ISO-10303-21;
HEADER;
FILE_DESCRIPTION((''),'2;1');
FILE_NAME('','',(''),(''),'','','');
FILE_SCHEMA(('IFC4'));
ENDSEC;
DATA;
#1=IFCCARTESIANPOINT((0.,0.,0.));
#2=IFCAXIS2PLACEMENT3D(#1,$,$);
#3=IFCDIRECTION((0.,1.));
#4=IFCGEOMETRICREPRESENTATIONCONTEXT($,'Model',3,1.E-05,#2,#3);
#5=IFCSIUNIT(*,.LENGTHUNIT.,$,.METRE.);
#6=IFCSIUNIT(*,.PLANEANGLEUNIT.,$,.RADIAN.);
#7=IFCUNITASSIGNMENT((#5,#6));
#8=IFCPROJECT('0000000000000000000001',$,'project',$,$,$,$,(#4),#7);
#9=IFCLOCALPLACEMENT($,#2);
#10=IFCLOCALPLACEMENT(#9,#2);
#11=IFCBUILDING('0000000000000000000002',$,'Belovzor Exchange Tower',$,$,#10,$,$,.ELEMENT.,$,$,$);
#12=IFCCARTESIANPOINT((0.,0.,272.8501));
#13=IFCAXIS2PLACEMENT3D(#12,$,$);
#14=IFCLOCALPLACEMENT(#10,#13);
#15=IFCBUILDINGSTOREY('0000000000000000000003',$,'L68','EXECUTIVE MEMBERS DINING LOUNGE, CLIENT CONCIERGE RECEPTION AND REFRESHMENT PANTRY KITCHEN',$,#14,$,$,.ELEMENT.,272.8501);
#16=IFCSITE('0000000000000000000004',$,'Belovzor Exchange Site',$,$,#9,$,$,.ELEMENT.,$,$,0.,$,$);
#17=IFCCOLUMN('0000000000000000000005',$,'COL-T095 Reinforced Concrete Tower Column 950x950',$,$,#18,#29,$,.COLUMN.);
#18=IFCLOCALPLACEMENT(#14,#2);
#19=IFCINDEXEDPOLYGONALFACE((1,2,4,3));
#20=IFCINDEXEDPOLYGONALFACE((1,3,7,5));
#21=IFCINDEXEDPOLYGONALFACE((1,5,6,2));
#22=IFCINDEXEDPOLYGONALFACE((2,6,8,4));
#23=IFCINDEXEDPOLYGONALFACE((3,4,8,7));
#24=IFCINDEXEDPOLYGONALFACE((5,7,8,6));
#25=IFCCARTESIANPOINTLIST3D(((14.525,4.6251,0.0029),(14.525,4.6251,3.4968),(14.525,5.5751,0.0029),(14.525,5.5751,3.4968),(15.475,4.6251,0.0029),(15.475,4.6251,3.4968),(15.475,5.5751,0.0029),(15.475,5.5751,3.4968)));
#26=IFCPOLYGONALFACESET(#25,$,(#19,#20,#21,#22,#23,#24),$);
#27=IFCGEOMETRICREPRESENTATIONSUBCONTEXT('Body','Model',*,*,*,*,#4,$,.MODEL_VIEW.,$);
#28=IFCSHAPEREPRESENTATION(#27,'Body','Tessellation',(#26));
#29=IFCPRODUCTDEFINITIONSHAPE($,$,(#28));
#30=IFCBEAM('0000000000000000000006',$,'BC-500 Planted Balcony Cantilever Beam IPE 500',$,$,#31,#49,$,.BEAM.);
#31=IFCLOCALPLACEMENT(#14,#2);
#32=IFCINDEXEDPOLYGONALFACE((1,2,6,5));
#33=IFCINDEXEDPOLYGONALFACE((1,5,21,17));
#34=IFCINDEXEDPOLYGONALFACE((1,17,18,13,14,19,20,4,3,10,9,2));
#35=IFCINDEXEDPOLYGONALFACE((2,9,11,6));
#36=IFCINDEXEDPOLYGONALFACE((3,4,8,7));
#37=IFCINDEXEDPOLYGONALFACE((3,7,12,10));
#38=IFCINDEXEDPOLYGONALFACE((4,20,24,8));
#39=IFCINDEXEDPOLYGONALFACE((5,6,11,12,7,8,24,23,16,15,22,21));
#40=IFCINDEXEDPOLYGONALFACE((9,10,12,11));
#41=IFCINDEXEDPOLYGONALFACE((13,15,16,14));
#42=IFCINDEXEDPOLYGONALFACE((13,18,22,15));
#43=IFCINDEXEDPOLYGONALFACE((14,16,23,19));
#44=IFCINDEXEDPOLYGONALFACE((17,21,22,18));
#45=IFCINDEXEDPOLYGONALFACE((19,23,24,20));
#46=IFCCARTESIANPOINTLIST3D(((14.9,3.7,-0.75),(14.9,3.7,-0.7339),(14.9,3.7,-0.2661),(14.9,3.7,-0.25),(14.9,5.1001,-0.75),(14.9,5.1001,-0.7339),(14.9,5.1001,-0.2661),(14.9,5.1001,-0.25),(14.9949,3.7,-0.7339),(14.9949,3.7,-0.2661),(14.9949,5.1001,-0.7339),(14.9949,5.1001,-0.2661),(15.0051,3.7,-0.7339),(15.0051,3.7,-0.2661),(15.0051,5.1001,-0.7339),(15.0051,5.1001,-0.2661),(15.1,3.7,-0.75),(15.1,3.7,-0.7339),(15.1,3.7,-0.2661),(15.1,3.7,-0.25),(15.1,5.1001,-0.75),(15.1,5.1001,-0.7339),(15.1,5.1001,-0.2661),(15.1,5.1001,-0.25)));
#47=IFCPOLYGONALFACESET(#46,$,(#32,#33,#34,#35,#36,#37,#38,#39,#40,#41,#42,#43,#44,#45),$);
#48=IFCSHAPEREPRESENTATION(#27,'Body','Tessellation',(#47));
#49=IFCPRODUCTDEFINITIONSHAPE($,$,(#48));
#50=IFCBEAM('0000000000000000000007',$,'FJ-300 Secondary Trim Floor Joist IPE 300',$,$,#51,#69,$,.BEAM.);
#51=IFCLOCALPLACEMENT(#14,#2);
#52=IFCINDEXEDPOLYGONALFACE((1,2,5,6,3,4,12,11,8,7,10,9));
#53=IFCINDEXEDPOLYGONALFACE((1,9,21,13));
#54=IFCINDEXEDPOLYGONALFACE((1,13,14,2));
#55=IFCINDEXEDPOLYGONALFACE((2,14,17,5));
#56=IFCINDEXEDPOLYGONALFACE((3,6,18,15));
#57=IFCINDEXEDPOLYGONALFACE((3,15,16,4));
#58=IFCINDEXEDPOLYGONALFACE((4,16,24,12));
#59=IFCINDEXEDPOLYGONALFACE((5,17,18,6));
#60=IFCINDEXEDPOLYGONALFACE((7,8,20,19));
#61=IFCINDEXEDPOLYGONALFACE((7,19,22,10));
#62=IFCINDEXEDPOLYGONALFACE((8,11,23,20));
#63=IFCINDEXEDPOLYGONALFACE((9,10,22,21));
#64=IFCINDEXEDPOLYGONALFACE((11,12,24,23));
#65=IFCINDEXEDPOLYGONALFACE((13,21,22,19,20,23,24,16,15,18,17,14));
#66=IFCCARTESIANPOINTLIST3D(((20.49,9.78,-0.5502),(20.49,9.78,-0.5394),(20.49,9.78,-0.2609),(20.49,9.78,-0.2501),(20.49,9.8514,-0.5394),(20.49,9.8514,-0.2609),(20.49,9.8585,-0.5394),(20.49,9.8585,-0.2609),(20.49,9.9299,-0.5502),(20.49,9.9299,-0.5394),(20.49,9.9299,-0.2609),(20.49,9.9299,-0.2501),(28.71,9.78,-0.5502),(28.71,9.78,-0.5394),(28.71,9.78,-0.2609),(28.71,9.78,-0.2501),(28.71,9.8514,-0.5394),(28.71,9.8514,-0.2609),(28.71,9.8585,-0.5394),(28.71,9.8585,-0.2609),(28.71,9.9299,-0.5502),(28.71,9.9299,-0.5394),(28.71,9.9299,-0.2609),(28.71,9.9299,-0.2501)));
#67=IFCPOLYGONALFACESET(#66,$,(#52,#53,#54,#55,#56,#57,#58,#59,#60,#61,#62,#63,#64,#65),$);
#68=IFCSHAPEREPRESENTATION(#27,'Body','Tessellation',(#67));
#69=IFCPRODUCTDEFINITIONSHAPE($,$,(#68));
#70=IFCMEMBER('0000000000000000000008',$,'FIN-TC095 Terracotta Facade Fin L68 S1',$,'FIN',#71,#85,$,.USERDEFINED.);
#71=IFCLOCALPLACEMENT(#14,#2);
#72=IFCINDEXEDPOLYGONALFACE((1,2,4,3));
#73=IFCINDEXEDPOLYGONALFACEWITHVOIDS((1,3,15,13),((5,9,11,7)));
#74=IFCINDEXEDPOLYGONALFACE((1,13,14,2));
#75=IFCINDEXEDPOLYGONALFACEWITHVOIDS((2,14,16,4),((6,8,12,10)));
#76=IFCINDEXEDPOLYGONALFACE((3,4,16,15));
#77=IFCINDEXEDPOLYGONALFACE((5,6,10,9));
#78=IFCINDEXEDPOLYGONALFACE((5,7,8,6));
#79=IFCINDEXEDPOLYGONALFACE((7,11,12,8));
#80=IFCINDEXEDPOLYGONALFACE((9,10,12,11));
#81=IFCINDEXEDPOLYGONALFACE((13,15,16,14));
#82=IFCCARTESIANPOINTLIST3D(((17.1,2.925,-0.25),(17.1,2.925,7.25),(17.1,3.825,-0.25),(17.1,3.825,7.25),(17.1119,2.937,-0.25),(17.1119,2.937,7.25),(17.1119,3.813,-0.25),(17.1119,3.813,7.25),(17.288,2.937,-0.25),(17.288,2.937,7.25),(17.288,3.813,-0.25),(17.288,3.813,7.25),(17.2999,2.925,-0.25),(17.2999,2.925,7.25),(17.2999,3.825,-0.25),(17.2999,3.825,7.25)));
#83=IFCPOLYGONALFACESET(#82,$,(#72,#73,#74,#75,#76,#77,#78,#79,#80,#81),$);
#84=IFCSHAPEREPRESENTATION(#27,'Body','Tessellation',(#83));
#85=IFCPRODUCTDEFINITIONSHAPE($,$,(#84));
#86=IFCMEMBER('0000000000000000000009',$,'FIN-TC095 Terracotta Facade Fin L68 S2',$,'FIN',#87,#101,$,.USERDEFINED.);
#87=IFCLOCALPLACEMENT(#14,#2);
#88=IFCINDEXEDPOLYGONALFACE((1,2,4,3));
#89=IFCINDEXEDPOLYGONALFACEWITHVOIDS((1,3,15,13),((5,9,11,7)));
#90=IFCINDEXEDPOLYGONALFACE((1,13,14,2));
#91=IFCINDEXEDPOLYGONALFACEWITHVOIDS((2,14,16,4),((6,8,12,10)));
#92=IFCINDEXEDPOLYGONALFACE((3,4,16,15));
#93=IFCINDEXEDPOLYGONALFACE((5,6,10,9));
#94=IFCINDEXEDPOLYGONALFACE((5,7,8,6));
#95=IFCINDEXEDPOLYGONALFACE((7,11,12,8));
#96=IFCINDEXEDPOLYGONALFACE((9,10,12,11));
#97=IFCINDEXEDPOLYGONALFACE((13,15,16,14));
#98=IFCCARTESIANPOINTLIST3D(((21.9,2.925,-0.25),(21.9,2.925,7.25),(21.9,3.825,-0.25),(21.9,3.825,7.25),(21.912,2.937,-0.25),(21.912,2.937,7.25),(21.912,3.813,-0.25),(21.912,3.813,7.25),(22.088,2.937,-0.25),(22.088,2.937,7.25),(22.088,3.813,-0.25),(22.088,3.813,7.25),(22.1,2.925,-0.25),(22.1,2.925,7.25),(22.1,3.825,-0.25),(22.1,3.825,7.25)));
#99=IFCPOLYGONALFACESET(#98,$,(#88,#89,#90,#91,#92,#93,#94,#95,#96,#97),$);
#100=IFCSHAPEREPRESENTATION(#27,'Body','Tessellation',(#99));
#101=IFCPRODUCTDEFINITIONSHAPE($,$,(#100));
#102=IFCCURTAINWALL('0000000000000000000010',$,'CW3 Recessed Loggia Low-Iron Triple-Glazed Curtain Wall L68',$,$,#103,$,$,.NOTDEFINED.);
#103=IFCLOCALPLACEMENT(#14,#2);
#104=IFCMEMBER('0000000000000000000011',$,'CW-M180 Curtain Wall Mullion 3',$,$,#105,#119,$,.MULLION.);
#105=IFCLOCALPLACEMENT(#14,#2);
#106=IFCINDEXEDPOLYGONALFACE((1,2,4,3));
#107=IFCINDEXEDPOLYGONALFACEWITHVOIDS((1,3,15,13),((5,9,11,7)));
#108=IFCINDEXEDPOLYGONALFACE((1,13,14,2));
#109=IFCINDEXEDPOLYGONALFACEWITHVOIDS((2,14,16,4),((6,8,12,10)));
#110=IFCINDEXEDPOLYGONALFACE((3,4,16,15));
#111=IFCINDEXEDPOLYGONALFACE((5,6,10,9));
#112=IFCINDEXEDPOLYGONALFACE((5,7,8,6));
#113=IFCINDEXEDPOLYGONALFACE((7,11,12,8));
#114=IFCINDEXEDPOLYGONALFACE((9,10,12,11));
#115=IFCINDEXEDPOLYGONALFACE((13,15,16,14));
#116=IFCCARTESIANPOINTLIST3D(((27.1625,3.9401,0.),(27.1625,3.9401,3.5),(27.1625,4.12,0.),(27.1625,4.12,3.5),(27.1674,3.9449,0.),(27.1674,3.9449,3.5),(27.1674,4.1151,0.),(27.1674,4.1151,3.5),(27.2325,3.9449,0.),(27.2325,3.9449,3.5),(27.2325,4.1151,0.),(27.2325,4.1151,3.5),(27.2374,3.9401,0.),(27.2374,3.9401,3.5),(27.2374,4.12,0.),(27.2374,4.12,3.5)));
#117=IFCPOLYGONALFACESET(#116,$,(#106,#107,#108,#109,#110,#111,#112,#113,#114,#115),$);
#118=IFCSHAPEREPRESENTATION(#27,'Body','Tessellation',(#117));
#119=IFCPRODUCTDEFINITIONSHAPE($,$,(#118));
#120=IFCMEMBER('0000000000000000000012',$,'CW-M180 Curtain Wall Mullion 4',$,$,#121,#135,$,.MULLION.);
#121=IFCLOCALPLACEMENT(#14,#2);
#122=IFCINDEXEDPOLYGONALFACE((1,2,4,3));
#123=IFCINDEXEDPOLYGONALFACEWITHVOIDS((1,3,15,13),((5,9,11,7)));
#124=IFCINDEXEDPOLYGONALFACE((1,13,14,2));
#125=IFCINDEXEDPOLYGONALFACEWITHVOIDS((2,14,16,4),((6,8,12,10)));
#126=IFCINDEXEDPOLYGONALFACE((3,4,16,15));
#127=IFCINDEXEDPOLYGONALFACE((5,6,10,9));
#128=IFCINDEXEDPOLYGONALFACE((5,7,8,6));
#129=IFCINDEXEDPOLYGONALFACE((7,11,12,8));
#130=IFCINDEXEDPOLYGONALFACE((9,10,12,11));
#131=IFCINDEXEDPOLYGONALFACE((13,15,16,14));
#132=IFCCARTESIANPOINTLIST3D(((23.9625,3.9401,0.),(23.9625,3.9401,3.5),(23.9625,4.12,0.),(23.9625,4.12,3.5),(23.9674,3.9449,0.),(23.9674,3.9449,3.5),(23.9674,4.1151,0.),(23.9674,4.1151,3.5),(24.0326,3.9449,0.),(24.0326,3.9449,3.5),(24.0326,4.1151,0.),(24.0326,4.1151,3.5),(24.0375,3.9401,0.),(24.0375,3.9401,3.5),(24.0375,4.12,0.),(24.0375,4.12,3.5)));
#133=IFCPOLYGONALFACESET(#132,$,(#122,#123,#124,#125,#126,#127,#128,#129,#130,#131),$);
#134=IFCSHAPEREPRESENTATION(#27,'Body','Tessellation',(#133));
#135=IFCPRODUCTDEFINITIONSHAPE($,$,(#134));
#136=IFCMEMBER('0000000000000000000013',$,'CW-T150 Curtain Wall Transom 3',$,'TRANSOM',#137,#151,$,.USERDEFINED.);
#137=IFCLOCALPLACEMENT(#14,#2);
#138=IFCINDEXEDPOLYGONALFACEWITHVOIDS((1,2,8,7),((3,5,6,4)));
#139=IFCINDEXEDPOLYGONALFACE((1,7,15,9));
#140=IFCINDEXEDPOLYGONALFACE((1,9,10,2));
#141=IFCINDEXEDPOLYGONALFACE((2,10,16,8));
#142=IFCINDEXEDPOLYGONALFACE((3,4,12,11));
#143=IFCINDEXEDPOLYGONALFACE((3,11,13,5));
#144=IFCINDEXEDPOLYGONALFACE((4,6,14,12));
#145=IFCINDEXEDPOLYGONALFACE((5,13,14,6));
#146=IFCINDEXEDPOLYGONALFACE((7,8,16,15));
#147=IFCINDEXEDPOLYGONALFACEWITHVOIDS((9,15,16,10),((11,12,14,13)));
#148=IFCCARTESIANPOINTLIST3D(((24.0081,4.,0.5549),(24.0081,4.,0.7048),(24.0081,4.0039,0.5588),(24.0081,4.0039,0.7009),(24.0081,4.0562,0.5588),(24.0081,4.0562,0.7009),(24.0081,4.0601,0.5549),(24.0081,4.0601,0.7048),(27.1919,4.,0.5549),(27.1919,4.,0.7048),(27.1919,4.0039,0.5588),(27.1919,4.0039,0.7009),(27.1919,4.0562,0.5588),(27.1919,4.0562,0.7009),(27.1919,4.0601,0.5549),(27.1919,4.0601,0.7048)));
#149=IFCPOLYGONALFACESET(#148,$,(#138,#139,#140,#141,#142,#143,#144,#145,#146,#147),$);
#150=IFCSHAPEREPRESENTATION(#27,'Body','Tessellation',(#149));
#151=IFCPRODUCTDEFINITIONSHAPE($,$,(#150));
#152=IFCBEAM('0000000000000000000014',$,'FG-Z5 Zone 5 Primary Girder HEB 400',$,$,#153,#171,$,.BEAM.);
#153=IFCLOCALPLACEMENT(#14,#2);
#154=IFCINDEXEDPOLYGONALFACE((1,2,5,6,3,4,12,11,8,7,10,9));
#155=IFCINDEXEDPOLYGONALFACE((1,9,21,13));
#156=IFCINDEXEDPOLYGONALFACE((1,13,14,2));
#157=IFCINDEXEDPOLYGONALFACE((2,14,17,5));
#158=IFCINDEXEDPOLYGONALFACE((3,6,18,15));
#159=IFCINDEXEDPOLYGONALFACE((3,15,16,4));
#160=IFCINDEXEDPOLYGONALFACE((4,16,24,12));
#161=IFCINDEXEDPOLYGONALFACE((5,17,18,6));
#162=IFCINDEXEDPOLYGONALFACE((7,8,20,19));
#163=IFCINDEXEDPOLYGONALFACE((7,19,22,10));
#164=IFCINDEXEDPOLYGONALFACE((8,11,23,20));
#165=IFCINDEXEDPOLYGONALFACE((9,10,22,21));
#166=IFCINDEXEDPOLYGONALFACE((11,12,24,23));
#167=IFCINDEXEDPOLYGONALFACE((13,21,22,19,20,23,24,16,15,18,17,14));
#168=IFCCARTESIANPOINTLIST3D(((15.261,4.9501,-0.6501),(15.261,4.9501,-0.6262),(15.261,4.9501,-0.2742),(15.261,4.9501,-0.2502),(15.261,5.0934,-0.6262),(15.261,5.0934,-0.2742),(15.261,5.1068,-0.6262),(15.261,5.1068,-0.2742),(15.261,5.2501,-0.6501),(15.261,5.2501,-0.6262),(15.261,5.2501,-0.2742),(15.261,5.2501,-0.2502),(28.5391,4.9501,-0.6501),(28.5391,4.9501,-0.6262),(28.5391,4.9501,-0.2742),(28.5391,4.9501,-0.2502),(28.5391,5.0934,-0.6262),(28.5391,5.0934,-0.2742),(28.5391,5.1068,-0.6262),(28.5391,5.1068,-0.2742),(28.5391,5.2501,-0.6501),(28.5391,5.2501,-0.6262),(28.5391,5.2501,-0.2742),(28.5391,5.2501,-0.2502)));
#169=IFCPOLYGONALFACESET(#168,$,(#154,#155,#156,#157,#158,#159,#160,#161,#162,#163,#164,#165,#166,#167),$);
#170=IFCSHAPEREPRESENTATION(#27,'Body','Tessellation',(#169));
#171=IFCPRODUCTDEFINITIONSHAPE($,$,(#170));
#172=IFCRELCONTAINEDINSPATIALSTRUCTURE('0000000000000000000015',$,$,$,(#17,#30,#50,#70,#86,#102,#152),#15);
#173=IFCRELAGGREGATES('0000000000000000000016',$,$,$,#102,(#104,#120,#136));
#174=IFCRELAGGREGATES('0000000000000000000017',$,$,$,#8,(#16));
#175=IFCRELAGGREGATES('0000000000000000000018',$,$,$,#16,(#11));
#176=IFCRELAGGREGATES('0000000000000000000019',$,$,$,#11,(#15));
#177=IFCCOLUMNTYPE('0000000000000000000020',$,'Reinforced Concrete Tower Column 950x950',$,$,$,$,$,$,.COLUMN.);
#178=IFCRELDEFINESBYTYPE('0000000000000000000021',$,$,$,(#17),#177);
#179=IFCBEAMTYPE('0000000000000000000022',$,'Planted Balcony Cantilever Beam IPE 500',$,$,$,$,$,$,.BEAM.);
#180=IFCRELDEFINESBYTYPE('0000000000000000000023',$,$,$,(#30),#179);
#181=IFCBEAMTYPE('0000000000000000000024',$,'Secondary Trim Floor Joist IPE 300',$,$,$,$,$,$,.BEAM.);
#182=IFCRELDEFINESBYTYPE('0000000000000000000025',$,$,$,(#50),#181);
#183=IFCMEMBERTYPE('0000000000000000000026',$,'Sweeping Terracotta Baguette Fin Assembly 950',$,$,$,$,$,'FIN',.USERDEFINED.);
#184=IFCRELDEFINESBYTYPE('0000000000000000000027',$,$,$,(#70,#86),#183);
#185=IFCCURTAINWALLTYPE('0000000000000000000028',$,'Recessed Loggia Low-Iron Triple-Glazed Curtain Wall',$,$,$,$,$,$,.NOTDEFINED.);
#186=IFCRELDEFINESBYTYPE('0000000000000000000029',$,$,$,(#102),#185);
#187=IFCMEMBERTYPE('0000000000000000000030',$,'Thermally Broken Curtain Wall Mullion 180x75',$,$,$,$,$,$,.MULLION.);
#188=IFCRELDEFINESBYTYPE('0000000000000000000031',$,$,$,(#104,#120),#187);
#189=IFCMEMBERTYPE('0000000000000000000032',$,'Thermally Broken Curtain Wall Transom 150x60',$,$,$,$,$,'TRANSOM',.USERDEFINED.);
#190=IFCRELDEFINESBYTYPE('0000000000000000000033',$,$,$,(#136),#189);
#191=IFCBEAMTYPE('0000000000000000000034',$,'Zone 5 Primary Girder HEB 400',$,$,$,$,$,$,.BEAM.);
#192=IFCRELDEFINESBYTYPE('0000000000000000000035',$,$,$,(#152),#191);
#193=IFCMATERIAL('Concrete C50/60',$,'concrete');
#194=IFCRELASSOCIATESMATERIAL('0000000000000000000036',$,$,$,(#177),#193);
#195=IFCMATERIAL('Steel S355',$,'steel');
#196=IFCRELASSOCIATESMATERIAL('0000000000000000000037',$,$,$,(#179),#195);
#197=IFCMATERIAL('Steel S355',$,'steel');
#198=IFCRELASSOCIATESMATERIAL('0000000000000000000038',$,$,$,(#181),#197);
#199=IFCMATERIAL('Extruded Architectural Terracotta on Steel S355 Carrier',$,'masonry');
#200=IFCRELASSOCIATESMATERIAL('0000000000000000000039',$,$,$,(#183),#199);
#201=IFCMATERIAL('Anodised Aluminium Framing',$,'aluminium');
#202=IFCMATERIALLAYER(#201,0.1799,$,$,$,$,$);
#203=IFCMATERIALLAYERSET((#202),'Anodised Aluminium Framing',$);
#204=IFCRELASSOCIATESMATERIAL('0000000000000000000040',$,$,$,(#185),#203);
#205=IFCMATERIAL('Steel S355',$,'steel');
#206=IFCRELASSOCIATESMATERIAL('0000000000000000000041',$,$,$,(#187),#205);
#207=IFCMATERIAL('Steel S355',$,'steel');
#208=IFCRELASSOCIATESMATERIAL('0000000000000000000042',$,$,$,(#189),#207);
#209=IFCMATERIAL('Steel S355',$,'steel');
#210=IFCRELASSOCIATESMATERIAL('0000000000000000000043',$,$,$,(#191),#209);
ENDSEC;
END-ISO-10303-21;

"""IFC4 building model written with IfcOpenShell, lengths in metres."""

from ifc_helpers import new_model, si_unit, direction, frame, origin, origin_2d, place, context, subcontext, project, spatial, rectangle, hollow_rectangle, i_section, extrude, material, layer, layer_set, material_profile, profile_set, type_object, element, aggregate, save


model = new_model("IFC4")

# Units and contexts
model_context = context("Model", 3, precision=1e-05, world=origin(), true_north=direction((0.0, 1.0)))
body_context = subcontext(model_context, "Body", "Model", "MODEL_VIEW")
ifc_project = project(units=[si_unit("LENGTHUNIT", "METRE"), si_unit("PLANEANGLEUNIT", "RADIAN")], contexts=[model_context])

# Site, building, storey
site_placement = place(None, origin())
site = spatial("IfcSite", under=ifc_project, at=site_placement, Name="Belovzor Exchange Site", CompositionType="ELEMENT", RefElevation=0.0)
building_placement = place(site_placement, origin())
building = spatial("IfcBuilding", under=site, at=building_placement, Name="Belovzor Exchange Tower", CompositionType="ELEMENT")
storey_placement = place(building_placement, frame((0.0, 0.0, 272.8501)))
storey = spatial("IfcBuildingStorey", under=building, at=storey_placement, Name="L68", Description="EXECUTIVE MEMBERS DINING LOUNGE, CLIENT CONCIERGE RECEPTION AND REFRESHMENT PANTRY KITCHEN", CompositionType="ELEMENT", Elevation=272.8501)

# Column
ifc_material_1 = material(Name="Concrete C50/60", Category="concrete")
ifc_material_profile_1 = material_profile(ifc_material_1, rectangle(XDim=0.95, YDim=0.95, at=origin_2d()))
ifc_profile_set_1 = profile_set([ifc_material_profile_1], Name="Concrete C50/60")
column_type = type_object("IfcColumnType", Name="Reinforced Concrete Tower Column 950x950", PredefinedType="COLUMN", material=ifc_profile_set_1)
column_placement = place(storey_placement, frame((15.0, 5.1001, 0.0029), z_axis=(0.0, 0.0, 1.0), x_axis=(1.0, 0.0, 0.0)))
element("IfcColumn", 1, at=column_placement, inside=storey, type_object=column_type, Name="COL-T095 Reinforced Concrete Tower Column 950x950", PredefinedType="COLUMN", context=body_context, shape_type="SweptSolid", body=[
    extrude(rectangle(XDim=0.95, YDim=0.95, at=origin_2d()), origin(), (0.0, 0.0, 1.0), 3.4939),
])

# Beams
ifc_material_2 = material(Name="Steel S355", Category="steel")
ifc_material_profile_2 = material_profile(ifc_material_2, i_section(OverallWidth=0.2, OverallDepth=0.5, WebThickness=0.0103, FlangeThickness=0.0161, at=origin_2d()))
ifc_profile_set_2 = profile_set([ifc_material_profile_2], Name="Steel S355")
beam_type_1 = type_object("IfcBeamType", Name="Planted Balcony Cantilever Beam IPE 500", PredefinedType="BEAM", material=ifc_profile_set_2)
beam_1_placement = place(storey_placement, frame((15.0, 5.1001, -0.5), z_axis=(0.0, -1.0, 0.0), x_axis=(1.0, 0.0, 0.0)))
element("IfcBeam", 2, at=beam_1_placement, inside=storey, type_object=beam_type_1, Name="BC-500 Planted Balcony Cantilever Beam IPE 500", PredefinedType="BEAM", context=body_context, shape_type="SweptSolid", body=[
    extrude(i_section(OverallWidth=0.2, OverallDepth=0.5, WebThickness=0.0103, FlangeThickness=0.0161, at=origin_2d()), origin(), (0.0, 0.0, 1.0), 1.4001),
])
ifc_material_3 = material(Name="Steel S355", Category="steel")
ifc_material_profile_3 = material_profile(ifc_material_3, i_section(OverallWidth=0.1499, OverallDepth=0.3, WebThickness=0.0071, FlangeThickness=0.0107, at=origin_2d()))
ifc_profile_set_3 = profile_set([ifc_material_profile_3], Name="Steel S355")
beam_type_2 = type_object("IfcBeamType", Name="Secondary Trim Floor Joist IPE 300", PredefinedType="BEAM", material=ifc_profile_set_3)
beam_2_placement = place(storey_placement, frame((20.49, 9.855, -0.4001), z_axis=(1.0, 0.0, 0.0), x_axis=(0.0, 1.0, 0.0)))
element("IfcBeam", 3, at=beam_2_placement, inside=storey, type_object=beam_type_2, Name="FJ-300 Secondary Trim Floor Joist IPE 300", PredefinedType="BEAM", context=body_context, shape_type="SweptSolid", body=[
    extrude(i_section(OverallWidth=0.1499, OverallDepth=0.3, WebThickness=0.0071, FlangeThickness=0.0107, at=origin_2d()), origin(), (0.0, 0.0, 1.0), 8.22),
])

# Members
ifc_material_4 = material(Name="Extruded Architectural Terracotta on Steel S355 Carrier", Category="masonry")
ifc_material_profile_4 = material_profile(ifc_material_4, hollow_rectangle(XDim=0.2, YDim=0.8999, WallThickness=0.012, at=origin_2d()))
ifc_profile_set_4 = profile_set([ifc_material_profile_4], Name="Extruded Architectural Terracotta on Steel S355 Carrier")
member_type_1 = type_object("IfcMemberType", Name="Sweeping Terracotta Baguette Fin Assembly 950", ElementType="FIN", PredefinedType="USERDEFINED", material=ifc_profile_set_4)
for number, where, z_axis, x_axis, name in (
    (4, (17.2, 3.375, -0.25), (0.0, 0.0, 1.0), (1.0, 0.0, 0.0), "FIN-TC095 Terracotta Facade Fin L68 S1"),
    (5, (22.0, 3.375, -0.25), (0.0, 0.0, 1.0), (1.0, 0.0, 0.0), "FIN-TC095 Terracotta Facade Fin L68 S2"),
):
    element("IfcMember", number, at=place(storey_placement, frame(where, z_axis=z_axis, x_axis=x_axis)), inside=storey, type_object=member_type_1, Name=name, ObjectType="FIN", PredefinedType="USERDEFINED", context=body_context, shape_type="SweptSolid", body=[
        extrude(hollow_rectangle(XDim=0.2, YDim=0.8999, WallThickness=0.012, at=origin_2d()), origin(), (0.0, 0.0, 1.0), 7.5),
    ])

# Curtain wall, members
ifc_material_5 = material(Name="Anodised Aluminium Framing", Category="aluminium")
ifc_layer_1 = layer(ifc_material_5, 0.1799)
ifc_layer_set_1 = layer_set([ifc_layer_1], Name="Anodised Aluminium Framing")
curtain_wall_type = type_object("IfcCurtainWallType", Name="Recessed Loggia Low-Iron Triple-Glazed Curtain Wall", PredefinedType="NOTDEFINED", material=ifc_layer_set_1)
curtain_wall_placement = place(storey_placement, origin())
curtain_wall = element("IfcCurtainWall", 6, at=curtain_wall_placement, inside=storey, type_object=curtain_wall_type, Name="CW3 Recessed Loggia Low-Iron Triple-Glazed Curtain Wall L68", PredefinedType="NOTDEFINED")
ifc_material_6 = material(Name="Steel S355", Category="steel")
ifc_material_profile_5 = material_profile(ifc_material_6, hollow_rectangle(XDim=0.075, YDim=0.1799, WallThickness=0.0049, at=origin_2d()))
ifc_profile_set_5 = profile_set([ifc_material_profile_5], Name="Steel S355")
member_type_2 = type_object("IfcMemberType", Name="Thermally Broken Curtain Wall Mullion 180x75", PredefinedType="MULLION", material=ifc_profile_set_5)
member_1_placement = place(storey_placement, frame((27.2, 4.03, 0.0), z_axis=(0.0, 0.0, 1.0), x_axis=(-1.0, 0.0, 0.0)))
member_1 = element("IfcMember", 7, at=member_1_placement, type_object=member_type_2, Name="CW-M180 Curtain Wall Mullion 3", PredefinedType="MULLION", context=body_context, shape_type="SweptSolid", body=[
    extrude(hollow_rectangle(XDim=0.075, YDim=0.1799, WallThickness=0.0049, at=origin_2d()), origin(), (0.0, 0.0, 1.0), 3.5),
])
member_2_placement = place(storey_placement, frame((24.0, 4.03, 0.0), z_axis=(0.0, 0.0, 1.0), x_axis=(-1.0, 0.0, 0.0)))
member_2 = element("IfcMember", 8, at=member_2_placement, type_object=member_type_2, Name="CW-M180 Curtain Wall Mullion 4", PredefinedType="MULLION", context=body_context, shape_type="SweptSolid", body=[
    extrude(hollow_rectangle(XDim=0.075, YDim=0.1799, WallThickness=0.0049, at=origin_2d()), origin(), (0.0, 0.0, 1.0), 3.5),
])
ifc_material_7 = material(Name="Steel S355", Category="steel")
ifc_material_profile_6 = material_profile(ifc_material_7, hollow_rectangle(XDim=0.0601, YDim=0.1499, WallThickness=0.0039, at=origin_2d()))
ifc_profile_set_6 = profile_set([ifc_material_profile_6], Name="Steel S355")
member_type_3 = type_object("IfcMemberType", Name="Thermally Broken Curtain Wall Transom 150x60", ElementType="TRANSOM", PredefinedType="USERDEFINED", material=ifc_profile_set_6)
member_3_placement = place(storey_placement, frame((27.1919, 4.03, 0.6299), z_axis=(-1.0, 0.0, 0.0), x_axis=(0.0, -1.0, 0.0)))
member_3 = element("IfcMember", 9, at=member_3_placement, type_object=member_type_3, Name="CW-T150 Curtain Wall Transom 3", ObjectType="TRANSOM", PredefinedType="USERDEFINED", context=body_context, shape_type="SweptSolid", body=[
    extrude(hollow_rectangle(XDim=0.0601, YDim=0.1499, WallThickness=0.0039, at=origin_2d()), origin(), (0.0, 0.0, 1.0), 3.1838),
])

# Beam
ifc_material_8 = material(Name="Steel S355", Category="steel")
ifc_material_profile_7 = material_profile(ifc_material_8, i_section(OverallWidth=0.3, OverallDepth=0.3999, WebThickness=0.0134, FlangeThickness=0.0239, at=origin_2d()))
ifc_profile_set_7 = profile_set([ifc_material_profile_7], Name="Steel S355")
beam_type_3 = type_object("IfcBeamType", Name="Zone 5 Primary Girder HEB 400", PredefinedType="BEAM", material=ifc_profile_set_7)
beam_3_placement = place(storey_placement, frame((15.261, 5.1001, -0.4502), z_axis=(1.0, 0.0, 0.0), x_axis=(0.0, 1.0, 0.0)))
element("IfcBeam", 10, at=beam_3_placement, inside=storey, type_object=beam_type_3, Name="FG-Z5 Zone 5 Primary Girder HEB 400", PredefinedType="BEAM", context=body_context, shape_type="SweptSolid", body=[
    extrude(i_section(OverallWidth=0.3, OverallDepth=0.3999, WebThickness=0.0134, FlangeThickness=0.0239, at=origin_2d()), origin(), (0.0, 0.0, 1.0), 13.2781),
])

aggregate(curtain_wall, [member_1, member_2, member_3])

save(model, "model.ifc")
